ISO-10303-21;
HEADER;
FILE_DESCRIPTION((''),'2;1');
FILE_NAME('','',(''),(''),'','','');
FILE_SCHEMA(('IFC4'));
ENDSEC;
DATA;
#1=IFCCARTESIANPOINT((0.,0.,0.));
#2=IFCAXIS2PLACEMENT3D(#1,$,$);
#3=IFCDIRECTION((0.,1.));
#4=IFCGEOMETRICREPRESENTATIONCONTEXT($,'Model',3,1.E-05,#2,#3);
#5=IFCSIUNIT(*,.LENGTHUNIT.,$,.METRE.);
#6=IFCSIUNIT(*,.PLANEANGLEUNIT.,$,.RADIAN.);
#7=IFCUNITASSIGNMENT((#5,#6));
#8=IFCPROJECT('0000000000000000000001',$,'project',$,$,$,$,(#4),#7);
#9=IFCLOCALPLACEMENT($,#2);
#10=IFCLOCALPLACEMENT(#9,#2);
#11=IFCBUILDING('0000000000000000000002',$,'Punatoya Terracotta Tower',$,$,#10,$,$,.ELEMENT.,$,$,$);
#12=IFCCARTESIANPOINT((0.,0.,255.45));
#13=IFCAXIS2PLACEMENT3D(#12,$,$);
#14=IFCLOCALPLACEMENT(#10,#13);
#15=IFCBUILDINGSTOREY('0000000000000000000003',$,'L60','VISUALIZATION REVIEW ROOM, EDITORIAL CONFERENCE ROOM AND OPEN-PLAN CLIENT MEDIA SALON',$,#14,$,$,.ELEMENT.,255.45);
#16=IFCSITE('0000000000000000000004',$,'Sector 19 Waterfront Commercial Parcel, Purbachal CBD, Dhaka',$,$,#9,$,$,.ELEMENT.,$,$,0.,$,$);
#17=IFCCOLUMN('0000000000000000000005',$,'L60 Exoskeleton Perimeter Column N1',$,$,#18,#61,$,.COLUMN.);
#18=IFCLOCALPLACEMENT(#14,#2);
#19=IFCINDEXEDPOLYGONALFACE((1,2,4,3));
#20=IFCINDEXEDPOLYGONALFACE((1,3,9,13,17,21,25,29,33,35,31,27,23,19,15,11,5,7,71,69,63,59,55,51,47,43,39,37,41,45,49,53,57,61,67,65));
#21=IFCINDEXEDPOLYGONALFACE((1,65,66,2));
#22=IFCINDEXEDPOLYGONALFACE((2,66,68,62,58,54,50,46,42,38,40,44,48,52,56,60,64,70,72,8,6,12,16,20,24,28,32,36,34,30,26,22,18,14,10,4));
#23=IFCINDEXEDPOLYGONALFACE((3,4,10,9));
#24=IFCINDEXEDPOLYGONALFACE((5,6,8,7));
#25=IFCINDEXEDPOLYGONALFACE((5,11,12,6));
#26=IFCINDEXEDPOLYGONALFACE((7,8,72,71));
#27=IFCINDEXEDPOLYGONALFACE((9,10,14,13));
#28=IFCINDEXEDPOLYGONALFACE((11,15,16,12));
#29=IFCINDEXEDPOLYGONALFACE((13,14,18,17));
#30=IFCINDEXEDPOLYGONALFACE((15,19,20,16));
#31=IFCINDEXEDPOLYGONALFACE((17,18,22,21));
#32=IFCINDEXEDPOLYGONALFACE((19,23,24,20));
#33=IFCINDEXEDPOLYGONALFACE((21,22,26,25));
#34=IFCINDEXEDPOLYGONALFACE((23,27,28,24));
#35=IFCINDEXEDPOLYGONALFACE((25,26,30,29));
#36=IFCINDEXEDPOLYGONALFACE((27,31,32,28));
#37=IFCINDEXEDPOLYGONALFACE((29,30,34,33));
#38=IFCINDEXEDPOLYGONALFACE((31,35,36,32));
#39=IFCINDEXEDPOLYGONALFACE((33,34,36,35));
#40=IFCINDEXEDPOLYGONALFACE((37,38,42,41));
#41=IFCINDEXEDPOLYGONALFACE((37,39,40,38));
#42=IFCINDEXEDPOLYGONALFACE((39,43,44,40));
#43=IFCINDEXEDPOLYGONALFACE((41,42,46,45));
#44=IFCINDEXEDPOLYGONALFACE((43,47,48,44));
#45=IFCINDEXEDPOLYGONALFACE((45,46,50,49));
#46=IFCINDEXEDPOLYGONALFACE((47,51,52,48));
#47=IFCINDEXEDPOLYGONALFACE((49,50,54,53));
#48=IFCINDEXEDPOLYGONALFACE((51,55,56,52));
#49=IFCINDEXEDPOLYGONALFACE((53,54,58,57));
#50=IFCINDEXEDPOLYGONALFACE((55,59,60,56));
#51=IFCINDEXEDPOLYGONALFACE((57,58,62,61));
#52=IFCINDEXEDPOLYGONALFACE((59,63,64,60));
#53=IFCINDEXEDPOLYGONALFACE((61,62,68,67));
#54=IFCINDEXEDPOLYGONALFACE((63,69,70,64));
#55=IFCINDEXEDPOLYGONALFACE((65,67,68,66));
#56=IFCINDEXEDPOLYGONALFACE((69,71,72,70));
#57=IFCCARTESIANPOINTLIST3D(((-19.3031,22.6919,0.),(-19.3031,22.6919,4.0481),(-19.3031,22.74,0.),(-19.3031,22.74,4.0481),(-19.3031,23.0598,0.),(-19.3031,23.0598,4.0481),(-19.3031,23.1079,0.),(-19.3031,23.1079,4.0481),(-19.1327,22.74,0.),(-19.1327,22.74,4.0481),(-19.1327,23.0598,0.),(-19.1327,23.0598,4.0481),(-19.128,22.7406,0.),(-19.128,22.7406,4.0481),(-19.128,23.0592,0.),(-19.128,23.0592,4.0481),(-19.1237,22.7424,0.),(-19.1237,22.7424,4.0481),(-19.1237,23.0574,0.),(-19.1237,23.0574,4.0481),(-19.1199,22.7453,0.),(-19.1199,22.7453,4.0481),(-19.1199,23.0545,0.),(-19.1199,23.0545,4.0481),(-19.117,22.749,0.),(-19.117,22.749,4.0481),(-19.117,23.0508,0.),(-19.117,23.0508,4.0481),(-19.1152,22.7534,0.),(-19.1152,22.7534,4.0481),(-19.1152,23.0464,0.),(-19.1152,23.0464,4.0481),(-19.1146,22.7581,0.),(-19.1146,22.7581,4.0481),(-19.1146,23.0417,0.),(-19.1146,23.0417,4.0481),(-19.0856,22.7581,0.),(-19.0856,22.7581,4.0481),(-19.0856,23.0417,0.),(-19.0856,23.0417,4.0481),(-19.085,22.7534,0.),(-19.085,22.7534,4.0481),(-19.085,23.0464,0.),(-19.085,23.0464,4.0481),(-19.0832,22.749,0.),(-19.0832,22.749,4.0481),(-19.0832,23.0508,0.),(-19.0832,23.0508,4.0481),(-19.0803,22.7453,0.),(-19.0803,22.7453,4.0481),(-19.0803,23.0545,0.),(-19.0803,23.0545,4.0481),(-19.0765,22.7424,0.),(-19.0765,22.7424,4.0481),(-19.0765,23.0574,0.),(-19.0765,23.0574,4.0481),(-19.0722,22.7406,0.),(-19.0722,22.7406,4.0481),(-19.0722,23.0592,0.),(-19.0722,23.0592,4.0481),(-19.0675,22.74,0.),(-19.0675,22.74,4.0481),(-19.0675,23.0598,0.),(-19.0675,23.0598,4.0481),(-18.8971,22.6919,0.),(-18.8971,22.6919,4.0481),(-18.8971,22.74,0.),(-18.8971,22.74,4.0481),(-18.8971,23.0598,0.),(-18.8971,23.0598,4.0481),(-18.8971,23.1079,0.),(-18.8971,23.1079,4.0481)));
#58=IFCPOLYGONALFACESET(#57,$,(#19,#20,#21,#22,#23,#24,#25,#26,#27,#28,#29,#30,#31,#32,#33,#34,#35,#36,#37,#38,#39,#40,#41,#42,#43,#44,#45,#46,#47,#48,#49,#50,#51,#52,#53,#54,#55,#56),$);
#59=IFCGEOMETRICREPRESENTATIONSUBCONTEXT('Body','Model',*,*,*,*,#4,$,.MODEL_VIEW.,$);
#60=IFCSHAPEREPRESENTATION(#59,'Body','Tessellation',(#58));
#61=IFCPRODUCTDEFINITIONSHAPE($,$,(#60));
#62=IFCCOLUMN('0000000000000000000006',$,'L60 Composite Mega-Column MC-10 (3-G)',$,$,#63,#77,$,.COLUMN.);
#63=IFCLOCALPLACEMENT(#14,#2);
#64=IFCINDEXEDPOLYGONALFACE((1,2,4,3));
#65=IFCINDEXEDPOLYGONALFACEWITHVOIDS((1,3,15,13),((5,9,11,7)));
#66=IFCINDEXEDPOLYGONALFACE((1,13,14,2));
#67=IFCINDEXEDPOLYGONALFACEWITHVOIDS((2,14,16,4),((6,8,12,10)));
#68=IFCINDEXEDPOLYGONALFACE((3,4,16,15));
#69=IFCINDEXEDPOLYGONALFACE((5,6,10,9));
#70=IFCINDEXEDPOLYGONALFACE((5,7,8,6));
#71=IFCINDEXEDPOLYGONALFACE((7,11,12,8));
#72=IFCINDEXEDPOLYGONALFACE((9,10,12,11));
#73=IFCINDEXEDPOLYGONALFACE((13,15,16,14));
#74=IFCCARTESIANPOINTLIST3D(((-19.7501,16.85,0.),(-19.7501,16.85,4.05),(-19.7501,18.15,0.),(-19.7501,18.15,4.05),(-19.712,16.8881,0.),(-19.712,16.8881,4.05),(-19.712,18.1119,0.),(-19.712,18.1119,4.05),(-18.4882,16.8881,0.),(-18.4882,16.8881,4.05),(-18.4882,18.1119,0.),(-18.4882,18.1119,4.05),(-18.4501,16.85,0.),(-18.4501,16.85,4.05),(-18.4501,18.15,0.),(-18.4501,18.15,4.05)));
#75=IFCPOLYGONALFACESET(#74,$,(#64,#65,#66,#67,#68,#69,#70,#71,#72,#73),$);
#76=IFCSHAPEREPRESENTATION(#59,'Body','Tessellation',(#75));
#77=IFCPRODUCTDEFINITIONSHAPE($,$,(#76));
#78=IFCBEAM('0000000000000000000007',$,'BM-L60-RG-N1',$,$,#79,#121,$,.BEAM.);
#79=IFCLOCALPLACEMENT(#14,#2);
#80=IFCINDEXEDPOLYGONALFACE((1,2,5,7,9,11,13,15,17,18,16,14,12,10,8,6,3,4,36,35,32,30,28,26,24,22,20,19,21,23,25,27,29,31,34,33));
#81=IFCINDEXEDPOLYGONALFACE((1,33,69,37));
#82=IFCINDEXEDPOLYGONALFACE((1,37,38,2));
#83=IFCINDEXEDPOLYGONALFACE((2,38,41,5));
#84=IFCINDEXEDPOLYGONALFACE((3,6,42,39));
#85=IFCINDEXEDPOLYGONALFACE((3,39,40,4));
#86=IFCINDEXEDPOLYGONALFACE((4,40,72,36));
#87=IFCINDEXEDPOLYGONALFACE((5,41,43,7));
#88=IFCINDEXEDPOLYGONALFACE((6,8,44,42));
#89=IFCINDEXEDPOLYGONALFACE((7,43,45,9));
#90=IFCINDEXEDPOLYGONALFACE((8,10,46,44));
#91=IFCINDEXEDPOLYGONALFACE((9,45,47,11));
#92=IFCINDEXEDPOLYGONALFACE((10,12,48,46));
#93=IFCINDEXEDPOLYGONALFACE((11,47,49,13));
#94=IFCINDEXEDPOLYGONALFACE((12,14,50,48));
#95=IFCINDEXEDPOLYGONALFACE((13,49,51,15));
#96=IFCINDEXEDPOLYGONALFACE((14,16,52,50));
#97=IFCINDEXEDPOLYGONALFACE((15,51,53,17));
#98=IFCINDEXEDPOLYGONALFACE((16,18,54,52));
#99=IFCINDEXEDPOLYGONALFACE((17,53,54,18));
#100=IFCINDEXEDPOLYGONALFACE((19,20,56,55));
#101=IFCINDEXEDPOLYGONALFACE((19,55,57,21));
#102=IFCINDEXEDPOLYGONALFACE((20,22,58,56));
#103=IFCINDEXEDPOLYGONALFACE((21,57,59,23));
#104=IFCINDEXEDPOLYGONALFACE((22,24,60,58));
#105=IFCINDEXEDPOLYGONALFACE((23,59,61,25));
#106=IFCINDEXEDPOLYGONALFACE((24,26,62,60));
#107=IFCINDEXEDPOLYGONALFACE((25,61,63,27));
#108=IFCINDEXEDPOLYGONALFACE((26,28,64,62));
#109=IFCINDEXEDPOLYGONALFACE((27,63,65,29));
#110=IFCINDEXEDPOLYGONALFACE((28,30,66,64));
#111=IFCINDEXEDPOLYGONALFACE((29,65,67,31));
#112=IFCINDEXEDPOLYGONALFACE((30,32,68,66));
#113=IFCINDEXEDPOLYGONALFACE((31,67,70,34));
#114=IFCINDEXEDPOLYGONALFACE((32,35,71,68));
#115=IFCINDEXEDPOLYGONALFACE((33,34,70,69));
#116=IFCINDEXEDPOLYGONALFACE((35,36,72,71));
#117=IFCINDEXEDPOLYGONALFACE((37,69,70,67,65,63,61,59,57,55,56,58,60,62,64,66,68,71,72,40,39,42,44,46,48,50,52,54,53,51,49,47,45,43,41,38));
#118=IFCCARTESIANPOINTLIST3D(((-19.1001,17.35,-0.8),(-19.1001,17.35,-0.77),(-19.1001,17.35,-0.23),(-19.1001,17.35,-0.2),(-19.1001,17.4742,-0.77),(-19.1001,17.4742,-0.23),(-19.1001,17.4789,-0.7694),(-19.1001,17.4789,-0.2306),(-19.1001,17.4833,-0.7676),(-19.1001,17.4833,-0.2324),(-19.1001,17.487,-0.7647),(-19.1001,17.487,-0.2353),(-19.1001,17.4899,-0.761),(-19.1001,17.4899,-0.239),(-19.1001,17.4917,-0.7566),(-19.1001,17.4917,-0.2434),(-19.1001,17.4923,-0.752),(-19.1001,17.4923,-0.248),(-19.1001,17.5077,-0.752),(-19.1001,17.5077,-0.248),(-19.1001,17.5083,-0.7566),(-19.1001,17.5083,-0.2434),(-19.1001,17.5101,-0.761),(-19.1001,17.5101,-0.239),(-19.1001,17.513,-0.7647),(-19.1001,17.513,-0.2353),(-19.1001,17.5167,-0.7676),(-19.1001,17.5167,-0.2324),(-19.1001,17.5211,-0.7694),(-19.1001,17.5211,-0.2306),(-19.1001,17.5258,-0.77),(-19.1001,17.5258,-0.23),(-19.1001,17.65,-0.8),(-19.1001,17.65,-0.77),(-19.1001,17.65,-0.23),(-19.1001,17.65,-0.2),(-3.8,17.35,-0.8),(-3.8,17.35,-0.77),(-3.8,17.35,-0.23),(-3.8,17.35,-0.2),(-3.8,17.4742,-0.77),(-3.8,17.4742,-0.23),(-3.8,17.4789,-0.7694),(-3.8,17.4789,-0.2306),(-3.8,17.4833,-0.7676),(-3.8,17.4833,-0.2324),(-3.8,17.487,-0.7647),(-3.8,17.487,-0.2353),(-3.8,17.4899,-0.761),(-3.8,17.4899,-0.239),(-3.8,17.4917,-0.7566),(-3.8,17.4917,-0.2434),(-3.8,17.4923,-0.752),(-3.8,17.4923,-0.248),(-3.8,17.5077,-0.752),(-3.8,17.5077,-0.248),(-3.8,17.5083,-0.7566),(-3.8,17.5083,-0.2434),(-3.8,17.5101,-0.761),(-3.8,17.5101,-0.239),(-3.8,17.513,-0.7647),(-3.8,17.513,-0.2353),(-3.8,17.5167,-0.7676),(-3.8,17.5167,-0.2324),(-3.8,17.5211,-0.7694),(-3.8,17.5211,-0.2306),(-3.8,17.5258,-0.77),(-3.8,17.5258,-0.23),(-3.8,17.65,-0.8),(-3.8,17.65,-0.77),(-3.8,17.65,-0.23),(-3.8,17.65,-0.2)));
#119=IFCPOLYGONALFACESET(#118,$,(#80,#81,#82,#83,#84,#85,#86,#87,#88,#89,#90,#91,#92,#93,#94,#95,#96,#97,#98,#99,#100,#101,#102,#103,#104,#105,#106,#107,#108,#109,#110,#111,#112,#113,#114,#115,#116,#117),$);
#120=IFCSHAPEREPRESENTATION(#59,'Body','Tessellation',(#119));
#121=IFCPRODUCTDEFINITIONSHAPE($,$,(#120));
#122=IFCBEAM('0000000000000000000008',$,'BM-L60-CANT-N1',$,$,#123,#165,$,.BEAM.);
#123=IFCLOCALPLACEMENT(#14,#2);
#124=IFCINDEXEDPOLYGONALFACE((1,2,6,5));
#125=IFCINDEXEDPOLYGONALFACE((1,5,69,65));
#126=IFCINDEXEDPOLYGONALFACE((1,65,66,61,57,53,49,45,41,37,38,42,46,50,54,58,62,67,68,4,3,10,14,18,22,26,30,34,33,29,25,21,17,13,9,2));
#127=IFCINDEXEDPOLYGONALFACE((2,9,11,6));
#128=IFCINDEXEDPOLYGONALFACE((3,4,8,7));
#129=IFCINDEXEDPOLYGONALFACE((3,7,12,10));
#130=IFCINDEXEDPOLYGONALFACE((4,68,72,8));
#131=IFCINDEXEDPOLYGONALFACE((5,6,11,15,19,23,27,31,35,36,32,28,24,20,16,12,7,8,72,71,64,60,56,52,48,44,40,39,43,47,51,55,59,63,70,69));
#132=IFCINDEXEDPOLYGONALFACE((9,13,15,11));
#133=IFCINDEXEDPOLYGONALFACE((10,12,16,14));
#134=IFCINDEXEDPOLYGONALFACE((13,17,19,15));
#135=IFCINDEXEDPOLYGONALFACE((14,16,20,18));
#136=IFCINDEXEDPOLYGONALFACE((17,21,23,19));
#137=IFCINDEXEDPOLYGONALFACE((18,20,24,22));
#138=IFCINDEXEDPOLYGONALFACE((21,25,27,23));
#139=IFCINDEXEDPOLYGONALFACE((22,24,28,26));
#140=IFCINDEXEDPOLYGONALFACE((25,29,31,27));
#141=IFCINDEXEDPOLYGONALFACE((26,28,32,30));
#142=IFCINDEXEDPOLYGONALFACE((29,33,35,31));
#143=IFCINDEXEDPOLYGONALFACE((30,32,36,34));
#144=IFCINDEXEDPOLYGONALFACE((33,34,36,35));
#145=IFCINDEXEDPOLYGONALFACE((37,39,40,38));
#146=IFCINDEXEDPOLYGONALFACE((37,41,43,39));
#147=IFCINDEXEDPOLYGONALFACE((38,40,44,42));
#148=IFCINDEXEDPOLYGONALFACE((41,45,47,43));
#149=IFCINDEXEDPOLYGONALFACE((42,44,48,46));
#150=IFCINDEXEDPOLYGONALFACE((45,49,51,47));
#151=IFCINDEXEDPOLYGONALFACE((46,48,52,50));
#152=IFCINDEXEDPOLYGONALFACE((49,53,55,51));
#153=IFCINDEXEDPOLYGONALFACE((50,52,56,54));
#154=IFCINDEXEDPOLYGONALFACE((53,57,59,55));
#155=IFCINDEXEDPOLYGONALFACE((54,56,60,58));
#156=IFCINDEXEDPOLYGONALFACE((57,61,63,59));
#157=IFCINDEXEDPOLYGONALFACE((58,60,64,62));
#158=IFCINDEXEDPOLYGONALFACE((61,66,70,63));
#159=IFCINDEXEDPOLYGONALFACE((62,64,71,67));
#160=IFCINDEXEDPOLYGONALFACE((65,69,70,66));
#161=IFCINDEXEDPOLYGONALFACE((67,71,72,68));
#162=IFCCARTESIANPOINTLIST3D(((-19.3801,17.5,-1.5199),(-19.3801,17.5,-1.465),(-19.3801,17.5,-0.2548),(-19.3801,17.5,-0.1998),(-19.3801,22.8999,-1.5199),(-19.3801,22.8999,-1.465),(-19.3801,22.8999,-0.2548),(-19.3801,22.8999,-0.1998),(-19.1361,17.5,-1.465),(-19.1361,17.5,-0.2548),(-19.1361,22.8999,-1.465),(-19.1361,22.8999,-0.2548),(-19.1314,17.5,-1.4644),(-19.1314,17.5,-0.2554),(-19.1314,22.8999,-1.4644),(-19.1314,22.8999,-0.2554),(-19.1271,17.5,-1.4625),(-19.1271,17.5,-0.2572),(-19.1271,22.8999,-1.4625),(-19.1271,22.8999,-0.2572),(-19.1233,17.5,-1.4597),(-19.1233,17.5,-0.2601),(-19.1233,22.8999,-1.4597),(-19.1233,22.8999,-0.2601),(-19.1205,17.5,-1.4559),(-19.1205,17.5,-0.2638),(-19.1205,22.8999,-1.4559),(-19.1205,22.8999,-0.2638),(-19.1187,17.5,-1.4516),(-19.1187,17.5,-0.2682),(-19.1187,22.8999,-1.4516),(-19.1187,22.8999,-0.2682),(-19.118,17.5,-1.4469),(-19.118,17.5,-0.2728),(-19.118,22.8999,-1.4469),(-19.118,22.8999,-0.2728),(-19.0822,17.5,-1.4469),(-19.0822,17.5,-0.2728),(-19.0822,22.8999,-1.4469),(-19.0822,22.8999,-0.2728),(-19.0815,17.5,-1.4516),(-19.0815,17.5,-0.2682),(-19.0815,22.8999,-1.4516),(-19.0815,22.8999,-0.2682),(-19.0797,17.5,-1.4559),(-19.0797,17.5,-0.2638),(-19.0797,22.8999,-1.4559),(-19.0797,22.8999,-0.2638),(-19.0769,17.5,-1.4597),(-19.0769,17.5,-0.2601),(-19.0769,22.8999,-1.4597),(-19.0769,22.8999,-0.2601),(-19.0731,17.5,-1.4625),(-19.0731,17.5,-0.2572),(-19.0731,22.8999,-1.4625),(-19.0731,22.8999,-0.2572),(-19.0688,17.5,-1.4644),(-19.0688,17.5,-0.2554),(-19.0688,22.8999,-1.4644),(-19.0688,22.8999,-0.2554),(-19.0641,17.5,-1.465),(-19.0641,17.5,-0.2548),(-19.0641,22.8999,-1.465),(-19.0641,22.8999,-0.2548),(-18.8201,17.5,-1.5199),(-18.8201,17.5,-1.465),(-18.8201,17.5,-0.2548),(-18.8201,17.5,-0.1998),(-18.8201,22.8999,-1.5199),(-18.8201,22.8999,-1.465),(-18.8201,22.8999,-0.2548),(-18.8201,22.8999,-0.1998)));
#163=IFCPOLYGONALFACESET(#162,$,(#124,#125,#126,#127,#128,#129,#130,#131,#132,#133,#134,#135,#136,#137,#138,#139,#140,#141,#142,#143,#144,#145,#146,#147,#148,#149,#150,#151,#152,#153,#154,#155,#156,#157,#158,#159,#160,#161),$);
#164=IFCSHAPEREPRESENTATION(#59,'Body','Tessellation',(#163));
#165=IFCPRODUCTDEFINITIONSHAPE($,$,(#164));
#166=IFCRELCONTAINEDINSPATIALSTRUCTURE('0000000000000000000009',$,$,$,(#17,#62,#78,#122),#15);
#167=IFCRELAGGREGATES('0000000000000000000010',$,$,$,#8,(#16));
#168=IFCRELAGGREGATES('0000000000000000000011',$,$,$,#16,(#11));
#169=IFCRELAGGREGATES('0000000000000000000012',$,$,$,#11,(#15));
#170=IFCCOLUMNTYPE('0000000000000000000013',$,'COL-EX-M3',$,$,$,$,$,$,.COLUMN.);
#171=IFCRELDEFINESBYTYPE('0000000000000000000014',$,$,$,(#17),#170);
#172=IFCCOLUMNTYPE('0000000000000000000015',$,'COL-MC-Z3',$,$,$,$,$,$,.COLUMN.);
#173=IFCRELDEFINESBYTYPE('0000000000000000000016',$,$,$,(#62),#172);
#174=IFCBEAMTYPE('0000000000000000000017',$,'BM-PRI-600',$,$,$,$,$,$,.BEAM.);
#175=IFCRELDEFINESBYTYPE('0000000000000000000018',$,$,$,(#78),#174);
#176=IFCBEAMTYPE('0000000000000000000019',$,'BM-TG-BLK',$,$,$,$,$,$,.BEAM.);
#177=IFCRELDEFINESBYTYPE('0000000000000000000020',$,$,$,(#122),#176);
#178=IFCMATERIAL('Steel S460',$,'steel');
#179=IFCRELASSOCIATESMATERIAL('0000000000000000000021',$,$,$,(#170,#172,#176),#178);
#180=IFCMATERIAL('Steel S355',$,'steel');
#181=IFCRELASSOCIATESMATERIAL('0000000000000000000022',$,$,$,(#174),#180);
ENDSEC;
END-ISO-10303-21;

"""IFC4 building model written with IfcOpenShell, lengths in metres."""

from ifc_helpers import new_model, si_unit, direction, frame, origin, origin_2d, place, context, subcontext, project, spatial, hollow_rectangle, i_section, extrude, material, material_profile, profile_set, type_object, element, save


model = new_model("IFC4")

# Units and contexts
model_context = context("Model", 3, precision=1e-05, world=origin(), true_north=direction((0.0, 1.0)))
body_context = subcontext(model_context, "Body", "Model", "MODEL_VIEW")
ifc_project = project(units=[si_unit("LENGTHUNIT", "METRE"), si_unit("PLANEANGLEUNIT", "RADIAN")], contexts=[model_context])

# Site, building, storey
site_placement = place(None, origin())
site = spatial("IfcSite", under=ifc_project, at=site_placement, Name="Sector 19 Waterfront Commercial Parcel, Purbachal CBD, Dhaka", CompositionType="ELEMENT", RefElevation=0.0)
building_placement = place(site_placement, origin())
building = spatial("IfcBuilding", under=site, at=building_placement, Name="Punatoya Terracotta Tower", CompositionType="ELEMENT")
storey_placement = place(building_placement, frame((0.0, 0.0, 255.45)))
storey = spatial("IfcBuildingStorey", under=building, at=storey_placement, Name="L60", Description="VISUALIZATION REVIEW ROOM, EDITORIAL CONFERENCE ROOM AND OPEN-PLAN CLIENT MEDIA SALON", CompositionType="ELEMENT", Elevation=255.45)

# Columns
ifc_material_1 = material(Name="Steel S460", Category="steel")
ifc_material_profile_1 = material_profile(ifc_material_1, i_section(OverallWidth=0.406, OverallDepth=0.416, WebThickness=0.0291, FlangeThickness=0.0481, FilletRadius=0.0181, at=origin_2d()))
ifc_profile_set_1 = profile_set([ifc_material_profile_1], Name="Steel S460")
column_type_1 = type_object("IfcColumnType", Name="COL-EX-M3", PredefinedType="COLUMN", material=ifc_profile_set_1)
column_1_placement = place(storey_placement, frame((-19.1001, 22.8999, 0.0), z_axis=(0.0, 0.0, 1.0), x_axis=(1.0, 0.0, 0.0)))
element("IfcColumn", 1, at=column_1_placement, inside=storey, type_object=column_type_1, Name="L60 Exoskeleton Perimeter Column N1", PredefinedType="COLUMN", context=body_context, shape_type="SweptSolid", body=[
    extrude(i_section(OverallWidth=0.406, OverallDepth=0.416, WebThickness=0.0291, FlangeThickness=0.0481, FilletRadius=0.0181, at=origin_2d()), origin(), (0.0, 0.0, 1.0), 4.0481),
])
ifc_material_profile_2 = material_profile(ifc_material_1, hollow_rectangle(XDim=1.3, YDim=1.3, WallThickness=0.0381, at=origin_2d()))
ifc_profile_set_2 = profile_set([ifc_material_profile_2], Name="Steel S460")
column_type_2 = type_object("IfcColumnType", Name="COL-MC-Z3", PredefinedType="COLUMN", material=ifc_profile_set_2)
column_2_placement = place(storey_placement, frame((-19.1001, 17.5, 0.0), z_axis=(0.0, 0.0, 1.0), x_axis=(1.0, 0.0, 0.0)))
element("IfcColumn", 2, at=column_2_placement, inside=storey, type_object=column_type_2, Name="L60 Composite Mega-Column MC-10 (3-G)", PredefinedType="COLUMN", context=body_context, shape_type="SweptSolid", body=[
    extrude(hollow_rectangle(XDim=1.3, YDim=1.3, WallThickness=0.0381, at=origin_2d()), origin(), (0.0, 0.0, 1.0), 4.05),
])

# Beams
ifc_material_2 = material(Name="Steel S355", Category="steel")
ifc_material_profile_3 = material_profile(ifc_material_2, i_section(OverallWidth=0.3, OverallDepth=0.6001, WebThickness=0.0154, FlangeThickness=0.03, FilletRadius=0.0181, at=origin_2d()))
ifc_profile_set_3 = profile_set([ifc_material_profile_3], Name="Steel S355")
beam_type_1 = type_object("IfcBeamType", Name="BM-PRI-600", PredefinedType="BEAM", material=ifc_profile_set_3)
beam_1_placement = place(storey_placement, frame((-19.1001, 17.5, -0.5), z_axis=(1.0, 0.0, 0.0), x_axis=(0.0, 1.0, 0.0)))
element("IfcBeam", 3, at=beam_1_placement, inside=storey, type_object=beam_type_1, Name="BM-L60-RG-N1", PredefinedType="BEAM", context=body_context, shape_type="SweptSolid", body=[
    extrude(i_section(OverallWidth=0.3, OverallDepth=0.6001, WebThickness=0.0154, FlangeThickness=0.03, FilletRadius=0.0181, at=origin_2d()), origin(), (0.0, 0.0, 1.0), 15.3),
])
ifc_material_profile_4 = material_profile(ifc_material_1, i_section(OverallWidth=0.5601, OverallDepth=1.3201, WebThickness=0.0359, FlangeThickness=0.0549, FilletRadius=0.0181, at=origin_2d()))
ifc_profile_set_4 = profile_set([ifc_material_profile_4], Name="Steel S460")
beam_type_2 = type_object("IfcBeamType", Name="BM-TG-BLK", PredefinedType="BEAM", material=ifc_profile_set_4)
beam_2_placement = place(storey_placement, frame((-19.1001, 17.5, -0.8599), z_axis=(0.0, 1.0, 0.0), x_axis=(-1.0, 0.0, 0.0)))
element("IfcBeam", 4, at=beam_2_placement, inside=storey, type_object=beam_type_2, Name="BM-L60-CANT-N1", PredefinedType="BEAM", context=body_context, shape_type="SweptSolid", body=[
    extrude(i_section(OverallWidth=0.5601, OverallDepth=1.3201, WebThickness=0.0359, FlangeThickness=0.0549, FilletRadius=0.0181, at=origin_2d()), origin(), (0.0, 0.0, 1.0), 5.3999),
])

save(model, "model.ifc")
